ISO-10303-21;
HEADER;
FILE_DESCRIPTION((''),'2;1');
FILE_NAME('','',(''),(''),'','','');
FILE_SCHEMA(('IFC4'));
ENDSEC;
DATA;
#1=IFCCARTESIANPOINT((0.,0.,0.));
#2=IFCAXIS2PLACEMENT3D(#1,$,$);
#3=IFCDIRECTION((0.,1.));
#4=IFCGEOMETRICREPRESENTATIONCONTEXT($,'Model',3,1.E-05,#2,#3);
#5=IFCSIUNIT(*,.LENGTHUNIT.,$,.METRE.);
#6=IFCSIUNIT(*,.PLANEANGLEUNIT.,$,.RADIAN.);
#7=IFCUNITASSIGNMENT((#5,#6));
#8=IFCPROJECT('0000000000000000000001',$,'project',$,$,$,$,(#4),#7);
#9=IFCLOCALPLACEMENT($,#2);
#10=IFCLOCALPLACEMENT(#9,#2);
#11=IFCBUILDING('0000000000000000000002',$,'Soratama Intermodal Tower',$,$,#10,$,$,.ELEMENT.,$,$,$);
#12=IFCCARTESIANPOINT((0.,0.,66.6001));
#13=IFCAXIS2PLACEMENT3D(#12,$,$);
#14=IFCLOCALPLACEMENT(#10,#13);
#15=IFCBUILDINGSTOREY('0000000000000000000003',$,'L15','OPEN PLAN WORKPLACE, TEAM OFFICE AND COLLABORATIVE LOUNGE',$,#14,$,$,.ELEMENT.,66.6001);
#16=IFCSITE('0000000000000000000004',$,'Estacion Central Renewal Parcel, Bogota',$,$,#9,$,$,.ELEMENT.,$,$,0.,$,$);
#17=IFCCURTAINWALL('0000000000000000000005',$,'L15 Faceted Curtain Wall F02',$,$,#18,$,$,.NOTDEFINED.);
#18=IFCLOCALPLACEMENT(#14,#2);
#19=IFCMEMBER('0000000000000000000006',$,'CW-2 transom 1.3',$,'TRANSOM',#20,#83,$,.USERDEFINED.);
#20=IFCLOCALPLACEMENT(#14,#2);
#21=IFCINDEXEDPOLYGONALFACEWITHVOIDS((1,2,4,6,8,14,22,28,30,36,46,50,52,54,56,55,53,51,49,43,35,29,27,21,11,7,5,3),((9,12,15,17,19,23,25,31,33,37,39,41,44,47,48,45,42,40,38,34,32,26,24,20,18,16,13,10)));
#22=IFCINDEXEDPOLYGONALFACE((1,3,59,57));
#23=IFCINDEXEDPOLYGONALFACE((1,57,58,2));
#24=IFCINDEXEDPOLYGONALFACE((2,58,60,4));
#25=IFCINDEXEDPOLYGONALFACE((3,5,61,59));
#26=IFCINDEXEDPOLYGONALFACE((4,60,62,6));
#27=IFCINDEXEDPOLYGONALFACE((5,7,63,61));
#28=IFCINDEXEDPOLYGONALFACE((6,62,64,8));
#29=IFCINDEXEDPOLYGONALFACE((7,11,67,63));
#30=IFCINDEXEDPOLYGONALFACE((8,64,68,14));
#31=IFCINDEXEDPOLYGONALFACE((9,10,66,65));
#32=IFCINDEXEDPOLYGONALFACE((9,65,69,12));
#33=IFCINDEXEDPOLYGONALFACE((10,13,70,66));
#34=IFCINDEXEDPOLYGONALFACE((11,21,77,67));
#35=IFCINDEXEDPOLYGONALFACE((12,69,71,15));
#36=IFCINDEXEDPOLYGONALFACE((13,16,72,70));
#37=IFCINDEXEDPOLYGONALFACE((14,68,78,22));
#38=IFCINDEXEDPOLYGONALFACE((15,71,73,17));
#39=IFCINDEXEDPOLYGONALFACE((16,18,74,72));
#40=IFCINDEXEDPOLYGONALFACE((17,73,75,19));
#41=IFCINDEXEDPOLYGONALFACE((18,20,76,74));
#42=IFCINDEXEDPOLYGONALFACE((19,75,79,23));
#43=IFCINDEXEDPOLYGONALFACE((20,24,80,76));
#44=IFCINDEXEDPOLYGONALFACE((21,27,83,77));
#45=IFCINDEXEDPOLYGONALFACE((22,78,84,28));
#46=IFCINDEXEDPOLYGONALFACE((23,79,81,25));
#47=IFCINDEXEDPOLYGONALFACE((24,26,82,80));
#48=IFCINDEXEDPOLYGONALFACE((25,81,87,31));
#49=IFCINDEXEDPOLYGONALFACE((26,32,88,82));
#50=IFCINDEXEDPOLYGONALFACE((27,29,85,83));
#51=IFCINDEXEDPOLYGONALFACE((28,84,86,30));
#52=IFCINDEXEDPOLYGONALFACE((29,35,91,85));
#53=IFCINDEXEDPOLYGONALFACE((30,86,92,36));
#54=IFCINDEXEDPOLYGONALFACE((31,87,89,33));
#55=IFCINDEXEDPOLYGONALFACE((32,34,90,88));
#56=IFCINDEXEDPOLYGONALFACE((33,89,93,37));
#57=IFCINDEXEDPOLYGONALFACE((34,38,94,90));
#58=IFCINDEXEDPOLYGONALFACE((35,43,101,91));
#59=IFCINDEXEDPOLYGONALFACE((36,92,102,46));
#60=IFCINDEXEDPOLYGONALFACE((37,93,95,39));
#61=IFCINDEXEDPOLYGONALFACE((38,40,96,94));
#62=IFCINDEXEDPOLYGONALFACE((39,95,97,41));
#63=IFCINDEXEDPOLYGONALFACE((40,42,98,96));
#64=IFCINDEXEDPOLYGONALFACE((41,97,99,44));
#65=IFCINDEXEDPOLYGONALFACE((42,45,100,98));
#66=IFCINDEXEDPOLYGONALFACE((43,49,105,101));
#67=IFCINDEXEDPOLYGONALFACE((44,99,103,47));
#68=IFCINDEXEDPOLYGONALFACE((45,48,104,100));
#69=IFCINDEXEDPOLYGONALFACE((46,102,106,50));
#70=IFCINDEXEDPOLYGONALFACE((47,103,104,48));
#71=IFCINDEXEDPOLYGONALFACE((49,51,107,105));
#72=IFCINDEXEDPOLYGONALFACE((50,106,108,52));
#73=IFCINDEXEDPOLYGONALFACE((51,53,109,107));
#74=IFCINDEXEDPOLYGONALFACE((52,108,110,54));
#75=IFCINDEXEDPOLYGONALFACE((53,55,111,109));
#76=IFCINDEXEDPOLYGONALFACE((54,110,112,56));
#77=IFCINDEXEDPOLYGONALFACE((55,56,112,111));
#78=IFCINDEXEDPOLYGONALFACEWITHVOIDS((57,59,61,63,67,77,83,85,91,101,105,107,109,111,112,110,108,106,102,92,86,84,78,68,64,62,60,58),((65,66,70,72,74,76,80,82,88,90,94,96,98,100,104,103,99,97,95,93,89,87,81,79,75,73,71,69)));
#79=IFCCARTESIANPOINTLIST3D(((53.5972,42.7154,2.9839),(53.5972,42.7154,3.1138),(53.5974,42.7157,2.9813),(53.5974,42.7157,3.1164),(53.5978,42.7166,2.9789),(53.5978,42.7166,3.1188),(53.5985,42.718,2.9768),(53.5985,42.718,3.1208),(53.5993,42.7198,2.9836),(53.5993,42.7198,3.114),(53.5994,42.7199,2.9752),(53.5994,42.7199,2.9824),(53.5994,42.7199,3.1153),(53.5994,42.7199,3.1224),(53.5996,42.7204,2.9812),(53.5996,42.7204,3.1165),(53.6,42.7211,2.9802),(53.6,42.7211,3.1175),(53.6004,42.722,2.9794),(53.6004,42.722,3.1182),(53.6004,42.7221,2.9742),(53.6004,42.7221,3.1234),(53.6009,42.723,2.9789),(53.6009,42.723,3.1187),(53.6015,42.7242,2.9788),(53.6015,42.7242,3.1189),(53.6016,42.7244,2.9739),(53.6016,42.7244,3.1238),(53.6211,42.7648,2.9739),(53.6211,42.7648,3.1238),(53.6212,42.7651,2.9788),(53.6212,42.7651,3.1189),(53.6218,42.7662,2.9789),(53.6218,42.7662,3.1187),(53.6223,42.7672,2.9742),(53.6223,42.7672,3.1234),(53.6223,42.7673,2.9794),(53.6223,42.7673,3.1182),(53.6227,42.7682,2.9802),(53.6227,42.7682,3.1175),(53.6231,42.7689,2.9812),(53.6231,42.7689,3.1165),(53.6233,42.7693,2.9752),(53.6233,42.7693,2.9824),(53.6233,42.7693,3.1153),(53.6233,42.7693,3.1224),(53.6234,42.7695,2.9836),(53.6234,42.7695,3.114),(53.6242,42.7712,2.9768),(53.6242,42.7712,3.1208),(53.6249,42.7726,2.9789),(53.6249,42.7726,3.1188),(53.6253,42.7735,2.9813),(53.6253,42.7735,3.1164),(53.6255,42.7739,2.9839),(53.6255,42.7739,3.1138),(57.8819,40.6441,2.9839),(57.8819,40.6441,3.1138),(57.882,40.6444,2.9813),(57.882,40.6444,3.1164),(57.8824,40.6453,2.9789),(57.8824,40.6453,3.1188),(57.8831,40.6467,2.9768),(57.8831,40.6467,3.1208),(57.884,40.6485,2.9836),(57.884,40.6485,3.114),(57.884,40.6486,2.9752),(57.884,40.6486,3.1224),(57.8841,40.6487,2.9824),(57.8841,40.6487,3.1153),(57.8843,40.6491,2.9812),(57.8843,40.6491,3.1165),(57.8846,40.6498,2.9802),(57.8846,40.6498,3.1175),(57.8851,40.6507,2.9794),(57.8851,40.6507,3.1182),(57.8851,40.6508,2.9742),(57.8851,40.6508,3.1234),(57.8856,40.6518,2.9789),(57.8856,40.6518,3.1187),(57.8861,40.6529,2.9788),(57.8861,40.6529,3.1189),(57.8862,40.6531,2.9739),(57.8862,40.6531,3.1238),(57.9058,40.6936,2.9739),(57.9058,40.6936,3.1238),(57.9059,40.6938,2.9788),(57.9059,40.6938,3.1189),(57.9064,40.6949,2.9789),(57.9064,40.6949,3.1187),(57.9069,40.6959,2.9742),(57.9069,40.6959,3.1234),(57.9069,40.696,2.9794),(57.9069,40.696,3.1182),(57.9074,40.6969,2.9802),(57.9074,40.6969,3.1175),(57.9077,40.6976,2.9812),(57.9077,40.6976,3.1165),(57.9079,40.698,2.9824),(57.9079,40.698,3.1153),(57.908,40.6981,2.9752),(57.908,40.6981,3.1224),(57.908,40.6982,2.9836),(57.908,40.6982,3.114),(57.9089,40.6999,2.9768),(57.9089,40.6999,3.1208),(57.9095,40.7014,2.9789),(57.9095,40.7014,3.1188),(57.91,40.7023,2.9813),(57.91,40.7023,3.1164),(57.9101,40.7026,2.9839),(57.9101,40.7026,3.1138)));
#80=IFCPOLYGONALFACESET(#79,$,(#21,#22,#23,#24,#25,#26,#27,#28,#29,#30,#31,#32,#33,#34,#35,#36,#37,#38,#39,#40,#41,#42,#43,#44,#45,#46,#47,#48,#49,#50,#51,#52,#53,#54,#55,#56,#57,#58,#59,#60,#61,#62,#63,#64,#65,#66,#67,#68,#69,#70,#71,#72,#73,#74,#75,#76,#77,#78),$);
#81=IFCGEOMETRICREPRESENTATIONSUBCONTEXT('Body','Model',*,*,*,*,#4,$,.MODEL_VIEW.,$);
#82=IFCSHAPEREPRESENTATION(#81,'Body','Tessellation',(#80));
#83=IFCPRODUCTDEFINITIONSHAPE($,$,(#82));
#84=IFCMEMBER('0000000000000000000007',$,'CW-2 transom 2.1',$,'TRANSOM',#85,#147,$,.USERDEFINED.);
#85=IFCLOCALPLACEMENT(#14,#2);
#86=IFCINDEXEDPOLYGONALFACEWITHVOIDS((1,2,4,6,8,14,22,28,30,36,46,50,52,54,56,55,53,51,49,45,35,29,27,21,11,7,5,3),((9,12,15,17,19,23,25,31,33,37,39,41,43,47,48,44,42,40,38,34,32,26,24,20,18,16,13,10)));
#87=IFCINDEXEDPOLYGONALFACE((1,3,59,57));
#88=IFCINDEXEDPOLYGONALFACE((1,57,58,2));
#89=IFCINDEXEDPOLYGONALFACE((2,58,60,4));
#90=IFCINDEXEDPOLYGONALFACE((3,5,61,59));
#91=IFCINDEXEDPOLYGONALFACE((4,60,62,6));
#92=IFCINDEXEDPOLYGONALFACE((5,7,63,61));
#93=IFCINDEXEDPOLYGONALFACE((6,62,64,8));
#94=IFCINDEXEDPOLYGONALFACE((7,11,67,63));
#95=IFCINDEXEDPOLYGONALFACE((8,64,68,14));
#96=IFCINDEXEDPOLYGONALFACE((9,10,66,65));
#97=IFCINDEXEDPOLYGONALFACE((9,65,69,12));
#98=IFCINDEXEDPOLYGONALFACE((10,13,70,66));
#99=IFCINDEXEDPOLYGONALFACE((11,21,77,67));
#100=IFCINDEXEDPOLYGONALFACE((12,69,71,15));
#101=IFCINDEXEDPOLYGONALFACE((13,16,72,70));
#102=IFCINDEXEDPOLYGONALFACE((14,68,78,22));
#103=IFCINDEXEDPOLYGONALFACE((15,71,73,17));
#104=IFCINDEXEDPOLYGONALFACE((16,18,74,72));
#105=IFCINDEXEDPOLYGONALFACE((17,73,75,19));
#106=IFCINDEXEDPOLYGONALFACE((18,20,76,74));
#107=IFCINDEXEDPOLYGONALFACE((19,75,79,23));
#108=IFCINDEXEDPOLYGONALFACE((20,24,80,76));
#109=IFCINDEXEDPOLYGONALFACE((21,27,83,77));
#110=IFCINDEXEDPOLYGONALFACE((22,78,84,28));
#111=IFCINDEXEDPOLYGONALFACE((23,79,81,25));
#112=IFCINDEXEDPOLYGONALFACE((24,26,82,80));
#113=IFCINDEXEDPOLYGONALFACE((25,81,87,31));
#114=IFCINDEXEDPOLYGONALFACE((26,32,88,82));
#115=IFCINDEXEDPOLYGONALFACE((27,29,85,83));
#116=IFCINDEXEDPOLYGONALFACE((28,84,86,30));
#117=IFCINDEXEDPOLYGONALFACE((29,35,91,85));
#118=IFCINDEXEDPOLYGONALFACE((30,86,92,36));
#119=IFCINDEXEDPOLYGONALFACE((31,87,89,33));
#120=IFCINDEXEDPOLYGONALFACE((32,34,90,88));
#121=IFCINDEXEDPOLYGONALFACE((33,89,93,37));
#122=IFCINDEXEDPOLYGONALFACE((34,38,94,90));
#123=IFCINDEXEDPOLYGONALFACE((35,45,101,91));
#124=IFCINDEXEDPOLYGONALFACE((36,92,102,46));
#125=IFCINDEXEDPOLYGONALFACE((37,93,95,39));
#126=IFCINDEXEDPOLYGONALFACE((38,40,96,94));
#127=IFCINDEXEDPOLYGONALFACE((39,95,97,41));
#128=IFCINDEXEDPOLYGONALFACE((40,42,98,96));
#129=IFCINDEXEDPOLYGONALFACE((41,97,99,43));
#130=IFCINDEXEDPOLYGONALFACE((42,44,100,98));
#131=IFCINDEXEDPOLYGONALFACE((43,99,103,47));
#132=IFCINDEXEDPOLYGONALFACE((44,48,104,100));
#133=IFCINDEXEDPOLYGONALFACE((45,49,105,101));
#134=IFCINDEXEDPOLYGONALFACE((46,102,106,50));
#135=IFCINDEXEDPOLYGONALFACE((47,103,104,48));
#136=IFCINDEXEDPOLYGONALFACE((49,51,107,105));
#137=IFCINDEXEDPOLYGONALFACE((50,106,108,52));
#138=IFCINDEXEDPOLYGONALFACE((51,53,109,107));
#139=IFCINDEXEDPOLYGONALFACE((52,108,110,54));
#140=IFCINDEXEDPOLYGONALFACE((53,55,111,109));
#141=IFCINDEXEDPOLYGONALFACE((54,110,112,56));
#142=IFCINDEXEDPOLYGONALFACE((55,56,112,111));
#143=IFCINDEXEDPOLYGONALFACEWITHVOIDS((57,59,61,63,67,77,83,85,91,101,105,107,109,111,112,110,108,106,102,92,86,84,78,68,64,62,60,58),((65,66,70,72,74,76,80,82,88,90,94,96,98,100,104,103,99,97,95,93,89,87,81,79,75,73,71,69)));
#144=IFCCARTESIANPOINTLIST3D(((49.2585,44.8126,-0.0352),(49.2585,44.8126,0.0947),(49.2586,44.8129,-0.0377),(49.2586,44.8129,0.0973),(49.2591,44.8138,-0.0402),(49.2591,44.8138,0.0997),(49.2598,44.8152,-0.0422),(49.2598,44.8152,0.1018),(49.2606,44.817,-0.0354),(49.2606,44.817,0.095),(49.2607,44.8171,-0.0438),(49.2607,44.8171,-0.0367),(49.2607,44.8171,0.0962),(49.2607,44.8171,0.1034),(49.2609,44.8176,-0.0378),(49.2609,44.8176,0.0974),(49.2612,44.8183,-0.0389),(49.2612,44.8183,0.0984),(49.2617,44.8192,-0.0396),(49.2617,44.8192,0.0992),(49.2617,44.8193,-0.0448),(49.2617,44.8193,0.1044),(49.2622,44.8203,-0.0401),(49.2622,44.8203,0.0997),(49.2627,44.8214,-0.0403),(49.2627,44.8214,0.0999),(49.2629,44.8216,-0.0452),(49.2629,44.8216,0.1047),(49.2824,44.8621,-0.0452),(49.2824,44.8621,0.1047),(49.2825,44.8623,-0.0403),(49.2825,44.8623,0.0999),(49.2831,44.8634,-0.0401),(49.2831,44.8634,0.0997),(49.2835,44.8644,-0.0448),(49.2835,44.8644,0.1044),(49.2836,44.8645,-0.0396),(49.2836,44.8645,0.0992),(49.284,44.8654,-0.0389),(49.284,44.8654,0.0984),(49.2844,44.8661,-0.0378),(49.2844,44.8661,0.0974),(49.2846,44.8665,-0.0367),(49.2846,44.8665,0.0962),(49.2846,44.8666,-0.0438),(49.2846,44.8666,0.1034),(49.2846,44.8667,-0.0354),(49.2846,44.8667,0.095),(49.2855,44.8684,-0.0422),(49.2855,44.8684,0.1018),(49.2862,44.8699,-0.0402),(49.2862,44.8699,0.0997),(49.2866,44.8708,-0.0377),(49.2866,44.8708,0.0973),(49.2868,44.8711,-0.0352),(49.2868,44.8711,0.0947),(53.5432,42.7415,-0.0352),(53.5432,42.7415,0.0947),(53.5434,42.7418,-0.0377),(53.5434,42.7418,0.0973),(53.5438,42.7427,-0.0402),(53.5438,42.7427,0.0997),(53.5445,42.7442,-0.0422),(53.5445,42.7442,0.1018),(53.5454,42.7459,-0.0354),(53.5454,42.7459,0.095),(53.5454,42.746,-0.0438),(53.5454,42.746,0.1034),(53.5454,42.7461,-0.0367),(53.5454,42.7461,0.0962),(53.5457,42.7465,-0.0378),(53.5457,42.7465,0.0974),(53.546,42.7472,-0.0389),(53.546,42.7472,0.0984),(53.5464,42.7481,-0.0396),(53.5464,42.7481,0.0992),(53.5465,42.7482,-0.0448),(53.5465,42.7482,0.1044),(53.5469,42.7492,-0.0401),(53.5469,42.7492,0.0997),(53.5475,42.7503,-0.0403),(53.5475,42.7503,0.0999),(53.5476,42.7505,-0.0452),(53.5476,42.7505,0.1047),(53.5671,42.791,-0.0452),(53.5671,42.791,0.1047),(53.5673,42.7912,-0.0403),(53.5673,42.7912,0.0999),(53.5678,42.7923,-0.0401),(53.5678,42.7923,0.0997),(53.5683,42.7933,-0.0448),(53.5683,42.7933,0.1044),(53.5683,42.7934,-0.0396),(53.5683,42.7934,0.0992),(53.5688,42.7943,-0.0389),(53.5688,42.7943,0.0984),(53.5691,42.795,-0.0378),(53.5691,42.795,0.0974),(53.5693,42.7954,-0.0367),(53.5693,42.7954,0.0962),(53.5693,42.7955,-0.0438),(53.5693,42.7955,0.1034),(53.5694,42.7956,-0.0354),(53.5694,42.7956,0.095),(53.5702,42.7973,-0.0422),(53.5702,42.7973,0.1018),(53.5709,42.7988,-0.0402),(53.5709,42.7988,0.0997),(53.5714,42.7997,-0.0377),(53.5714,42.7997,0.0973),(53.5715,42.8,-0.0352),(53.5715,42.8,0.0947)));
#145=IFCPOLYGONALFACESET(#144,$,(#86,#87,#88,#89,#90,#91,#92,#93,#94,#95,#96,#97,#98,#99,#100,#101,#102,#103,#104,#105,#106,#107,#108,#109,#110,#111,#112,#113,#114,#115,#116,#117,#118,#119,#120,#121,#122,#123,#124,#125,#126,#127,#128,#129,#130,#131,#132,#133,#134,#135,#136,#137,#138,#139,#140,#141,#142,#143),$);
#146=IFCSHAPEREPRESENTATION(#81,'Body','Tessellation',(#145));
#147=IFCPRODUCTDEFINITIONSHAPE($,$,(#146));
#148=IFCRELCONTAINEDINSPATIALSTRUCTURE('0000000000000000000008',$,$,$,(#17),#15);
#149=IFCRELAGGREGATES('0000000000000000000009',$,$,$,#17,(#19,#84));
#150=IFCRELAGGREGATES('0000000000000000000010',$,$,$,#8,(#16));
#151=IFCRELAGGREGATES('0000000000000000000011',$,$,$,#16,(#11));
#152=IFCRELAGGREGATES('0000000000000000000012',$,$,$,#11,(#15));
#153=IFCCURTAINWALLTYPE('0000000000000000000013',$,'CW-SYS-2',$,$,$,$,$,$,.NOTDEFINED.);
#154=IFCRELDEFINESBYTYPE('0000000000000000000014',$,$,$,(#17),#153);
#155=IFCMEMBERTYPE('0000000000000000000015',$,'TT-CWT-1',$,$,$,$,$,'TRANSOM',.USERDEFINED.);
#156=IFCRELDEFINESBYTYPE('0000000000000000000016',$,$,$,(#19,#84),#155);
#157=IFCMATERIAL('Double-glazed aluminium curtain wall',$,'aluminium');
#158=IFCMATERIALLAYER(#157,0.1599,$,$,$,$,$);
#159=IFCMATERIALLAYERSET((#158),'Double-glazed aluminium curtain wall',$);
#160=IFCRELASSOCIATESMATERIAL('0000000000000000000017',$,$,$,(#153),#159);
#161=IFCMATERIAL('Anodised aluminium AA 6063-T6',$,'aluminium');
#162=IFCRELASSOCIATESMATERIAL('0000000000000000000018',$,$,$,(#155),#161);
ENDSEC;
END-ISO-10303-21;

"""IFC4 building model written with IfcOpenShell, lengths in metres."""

from ifc_helpers import new_model, si_unit, direction, frame, origin, origin_2d, place, context, subcontext, project, spatial, hollow_rectangle, extrude, material, layer, layer_set, material_profile, profile_set, type_object, element, aggregate, save


model = new_model("IFC4")

# Units and contexts
model_context = context("Model", 3, precision=1e-05, world=origin(), true_north=direction((0.0, 1.0)))
body_context = subcontext(model_context, "Body", "Model", "MODEL_VIEW")
ifc_project = project(units=[si_unit("LENGTHUNIT", "METRE"), si_unit("PLANEANGLEUNIT", "RADIAN")], contexts=[model_context])

# Site, building, storey
site_placement = place(None, origin())
site = spatial("IfcSite", under=ifc_project, at=site_placement, Name="Estacion Central Renewal Parcel, Bogota", CompositionType="ELEMENT", RefElevation=0.0)
building_placement = place(site_placement, origin())
building = spatial("IfcBuilding", under=site, at=building_placement, Name="Soratama Intermodal Tower", CompositionType="ELEMENT")
storey_placement = place(building_placement, frame((0.0, 0.0, 66.6001)))
storey = spatial("IfcBuildingStorey", under=building, at=storey_placement, Name="L15", Description="OPEN PLAN WORKPLACE, TEAM OFFICE AND COLLABORATIVE LOUNGE", CompositionType="ELEMENT", Elevation=66.6001)

# Curtain wall, members
ifc_material_1 = material(Name="Double-glazed aluminium curtain wall", Category="aluminium")
ifc_layer_1 = layer(ifc_material_1, 0.1599)
ifc_layer_set_1 = layer_set([ifc_layer_1], Name="Double-glazed aluminium curtain wall")
curtain_wall_type = type_object("IfcCurtainWallType", Name="CW-SYS-2", PredefinedType="NOTDEFINED", material=ifc_layer_set_1)
curtain_wall_placement = place(storey_placement, origin())
curtain_wall = element("IfcCurtainWall", 1, at=curtain_wall_placement, inside=storey, type_object=curtain_wall_type, Name="L15 Faceted Curtain Wall F02", PredefinedType="NOTDEFINED")
ifc_material_2 = material(Name="Anodised aluminium AA 6063-T6", Category="aluminium")
ifc_material_profile_1 = material_profile(ifc_material_2, hollow_rectangle(XDim=0.0649, YDim=0.1499, WallThickness=0.0049, InnerFilletRadius=0.0049, OuterFilletRadius=0.01, at=origin_2d()), Name="CWT150X65X5")
ifc_profile_set_1 = profile_set([ifc_material_profile_1], Name="Anodised aluminium AA 6063-T6")
member_type_1 = type_object("IfcMemberType", Name="TT-CWT-1", ElementType="TRANSOM", PredefinedType="USERDEFINED", material=ifc_profile_set_1)
member_1_placement = place(storey_placement, frame((57.896, 40.6733, 3.0488), z_axis=(-0.900319, 0.435231, 0.0), x_axis=(-0.435231, -0.900319, 0.0)))
member_1 = element("IfcMember", 2, at=member_1_placement, type_object=member_type_1, Name="CW-2 transom 1.3", ObjectType="TRANSOM", PredefinedType="USERDEFINED", context=body_context, shape_type="SweptSolid", body=[
    extrude(hollow_rectangle(XDim=0.0649, YDim=0.1499, WallThickness=0.0049, InnerFilletRadius=0.0049, OuterFilletRadius=0.01, at=origin_2d()), origin(), (0.0, 0.0, 1.0), 4.759),
])
member_2_placement = place(storey_placement, frame((53.5574, 42.7708, 0.0298), z_axis=(-0.900339, 0.435189, 0.0), x_axis=(-0.435189, -0.900339, 0.0)))
member_2 = element("IfcMember", 3, at=member_2_placement, type_object=member_type_1, Name="CW-2 transom 2.1", ObjectType="TRANSOM", PredefinedType="USERDEFINED", context=body_context, shape_type="SweptSolid", body=[
    extrude(hollow_rectangle(XDim=0.0649, YDim=0.1499, WallThickness=0.0049, InnerFilletRadius=0.0049, OuterFilletRadius=0.01, at=origin_2d()), origin(), (0.0, 0.0, 1.0), 4.759),
])
aggregate(curtain_wall, [member_1, member_2])

save(model, "model.ifc")
